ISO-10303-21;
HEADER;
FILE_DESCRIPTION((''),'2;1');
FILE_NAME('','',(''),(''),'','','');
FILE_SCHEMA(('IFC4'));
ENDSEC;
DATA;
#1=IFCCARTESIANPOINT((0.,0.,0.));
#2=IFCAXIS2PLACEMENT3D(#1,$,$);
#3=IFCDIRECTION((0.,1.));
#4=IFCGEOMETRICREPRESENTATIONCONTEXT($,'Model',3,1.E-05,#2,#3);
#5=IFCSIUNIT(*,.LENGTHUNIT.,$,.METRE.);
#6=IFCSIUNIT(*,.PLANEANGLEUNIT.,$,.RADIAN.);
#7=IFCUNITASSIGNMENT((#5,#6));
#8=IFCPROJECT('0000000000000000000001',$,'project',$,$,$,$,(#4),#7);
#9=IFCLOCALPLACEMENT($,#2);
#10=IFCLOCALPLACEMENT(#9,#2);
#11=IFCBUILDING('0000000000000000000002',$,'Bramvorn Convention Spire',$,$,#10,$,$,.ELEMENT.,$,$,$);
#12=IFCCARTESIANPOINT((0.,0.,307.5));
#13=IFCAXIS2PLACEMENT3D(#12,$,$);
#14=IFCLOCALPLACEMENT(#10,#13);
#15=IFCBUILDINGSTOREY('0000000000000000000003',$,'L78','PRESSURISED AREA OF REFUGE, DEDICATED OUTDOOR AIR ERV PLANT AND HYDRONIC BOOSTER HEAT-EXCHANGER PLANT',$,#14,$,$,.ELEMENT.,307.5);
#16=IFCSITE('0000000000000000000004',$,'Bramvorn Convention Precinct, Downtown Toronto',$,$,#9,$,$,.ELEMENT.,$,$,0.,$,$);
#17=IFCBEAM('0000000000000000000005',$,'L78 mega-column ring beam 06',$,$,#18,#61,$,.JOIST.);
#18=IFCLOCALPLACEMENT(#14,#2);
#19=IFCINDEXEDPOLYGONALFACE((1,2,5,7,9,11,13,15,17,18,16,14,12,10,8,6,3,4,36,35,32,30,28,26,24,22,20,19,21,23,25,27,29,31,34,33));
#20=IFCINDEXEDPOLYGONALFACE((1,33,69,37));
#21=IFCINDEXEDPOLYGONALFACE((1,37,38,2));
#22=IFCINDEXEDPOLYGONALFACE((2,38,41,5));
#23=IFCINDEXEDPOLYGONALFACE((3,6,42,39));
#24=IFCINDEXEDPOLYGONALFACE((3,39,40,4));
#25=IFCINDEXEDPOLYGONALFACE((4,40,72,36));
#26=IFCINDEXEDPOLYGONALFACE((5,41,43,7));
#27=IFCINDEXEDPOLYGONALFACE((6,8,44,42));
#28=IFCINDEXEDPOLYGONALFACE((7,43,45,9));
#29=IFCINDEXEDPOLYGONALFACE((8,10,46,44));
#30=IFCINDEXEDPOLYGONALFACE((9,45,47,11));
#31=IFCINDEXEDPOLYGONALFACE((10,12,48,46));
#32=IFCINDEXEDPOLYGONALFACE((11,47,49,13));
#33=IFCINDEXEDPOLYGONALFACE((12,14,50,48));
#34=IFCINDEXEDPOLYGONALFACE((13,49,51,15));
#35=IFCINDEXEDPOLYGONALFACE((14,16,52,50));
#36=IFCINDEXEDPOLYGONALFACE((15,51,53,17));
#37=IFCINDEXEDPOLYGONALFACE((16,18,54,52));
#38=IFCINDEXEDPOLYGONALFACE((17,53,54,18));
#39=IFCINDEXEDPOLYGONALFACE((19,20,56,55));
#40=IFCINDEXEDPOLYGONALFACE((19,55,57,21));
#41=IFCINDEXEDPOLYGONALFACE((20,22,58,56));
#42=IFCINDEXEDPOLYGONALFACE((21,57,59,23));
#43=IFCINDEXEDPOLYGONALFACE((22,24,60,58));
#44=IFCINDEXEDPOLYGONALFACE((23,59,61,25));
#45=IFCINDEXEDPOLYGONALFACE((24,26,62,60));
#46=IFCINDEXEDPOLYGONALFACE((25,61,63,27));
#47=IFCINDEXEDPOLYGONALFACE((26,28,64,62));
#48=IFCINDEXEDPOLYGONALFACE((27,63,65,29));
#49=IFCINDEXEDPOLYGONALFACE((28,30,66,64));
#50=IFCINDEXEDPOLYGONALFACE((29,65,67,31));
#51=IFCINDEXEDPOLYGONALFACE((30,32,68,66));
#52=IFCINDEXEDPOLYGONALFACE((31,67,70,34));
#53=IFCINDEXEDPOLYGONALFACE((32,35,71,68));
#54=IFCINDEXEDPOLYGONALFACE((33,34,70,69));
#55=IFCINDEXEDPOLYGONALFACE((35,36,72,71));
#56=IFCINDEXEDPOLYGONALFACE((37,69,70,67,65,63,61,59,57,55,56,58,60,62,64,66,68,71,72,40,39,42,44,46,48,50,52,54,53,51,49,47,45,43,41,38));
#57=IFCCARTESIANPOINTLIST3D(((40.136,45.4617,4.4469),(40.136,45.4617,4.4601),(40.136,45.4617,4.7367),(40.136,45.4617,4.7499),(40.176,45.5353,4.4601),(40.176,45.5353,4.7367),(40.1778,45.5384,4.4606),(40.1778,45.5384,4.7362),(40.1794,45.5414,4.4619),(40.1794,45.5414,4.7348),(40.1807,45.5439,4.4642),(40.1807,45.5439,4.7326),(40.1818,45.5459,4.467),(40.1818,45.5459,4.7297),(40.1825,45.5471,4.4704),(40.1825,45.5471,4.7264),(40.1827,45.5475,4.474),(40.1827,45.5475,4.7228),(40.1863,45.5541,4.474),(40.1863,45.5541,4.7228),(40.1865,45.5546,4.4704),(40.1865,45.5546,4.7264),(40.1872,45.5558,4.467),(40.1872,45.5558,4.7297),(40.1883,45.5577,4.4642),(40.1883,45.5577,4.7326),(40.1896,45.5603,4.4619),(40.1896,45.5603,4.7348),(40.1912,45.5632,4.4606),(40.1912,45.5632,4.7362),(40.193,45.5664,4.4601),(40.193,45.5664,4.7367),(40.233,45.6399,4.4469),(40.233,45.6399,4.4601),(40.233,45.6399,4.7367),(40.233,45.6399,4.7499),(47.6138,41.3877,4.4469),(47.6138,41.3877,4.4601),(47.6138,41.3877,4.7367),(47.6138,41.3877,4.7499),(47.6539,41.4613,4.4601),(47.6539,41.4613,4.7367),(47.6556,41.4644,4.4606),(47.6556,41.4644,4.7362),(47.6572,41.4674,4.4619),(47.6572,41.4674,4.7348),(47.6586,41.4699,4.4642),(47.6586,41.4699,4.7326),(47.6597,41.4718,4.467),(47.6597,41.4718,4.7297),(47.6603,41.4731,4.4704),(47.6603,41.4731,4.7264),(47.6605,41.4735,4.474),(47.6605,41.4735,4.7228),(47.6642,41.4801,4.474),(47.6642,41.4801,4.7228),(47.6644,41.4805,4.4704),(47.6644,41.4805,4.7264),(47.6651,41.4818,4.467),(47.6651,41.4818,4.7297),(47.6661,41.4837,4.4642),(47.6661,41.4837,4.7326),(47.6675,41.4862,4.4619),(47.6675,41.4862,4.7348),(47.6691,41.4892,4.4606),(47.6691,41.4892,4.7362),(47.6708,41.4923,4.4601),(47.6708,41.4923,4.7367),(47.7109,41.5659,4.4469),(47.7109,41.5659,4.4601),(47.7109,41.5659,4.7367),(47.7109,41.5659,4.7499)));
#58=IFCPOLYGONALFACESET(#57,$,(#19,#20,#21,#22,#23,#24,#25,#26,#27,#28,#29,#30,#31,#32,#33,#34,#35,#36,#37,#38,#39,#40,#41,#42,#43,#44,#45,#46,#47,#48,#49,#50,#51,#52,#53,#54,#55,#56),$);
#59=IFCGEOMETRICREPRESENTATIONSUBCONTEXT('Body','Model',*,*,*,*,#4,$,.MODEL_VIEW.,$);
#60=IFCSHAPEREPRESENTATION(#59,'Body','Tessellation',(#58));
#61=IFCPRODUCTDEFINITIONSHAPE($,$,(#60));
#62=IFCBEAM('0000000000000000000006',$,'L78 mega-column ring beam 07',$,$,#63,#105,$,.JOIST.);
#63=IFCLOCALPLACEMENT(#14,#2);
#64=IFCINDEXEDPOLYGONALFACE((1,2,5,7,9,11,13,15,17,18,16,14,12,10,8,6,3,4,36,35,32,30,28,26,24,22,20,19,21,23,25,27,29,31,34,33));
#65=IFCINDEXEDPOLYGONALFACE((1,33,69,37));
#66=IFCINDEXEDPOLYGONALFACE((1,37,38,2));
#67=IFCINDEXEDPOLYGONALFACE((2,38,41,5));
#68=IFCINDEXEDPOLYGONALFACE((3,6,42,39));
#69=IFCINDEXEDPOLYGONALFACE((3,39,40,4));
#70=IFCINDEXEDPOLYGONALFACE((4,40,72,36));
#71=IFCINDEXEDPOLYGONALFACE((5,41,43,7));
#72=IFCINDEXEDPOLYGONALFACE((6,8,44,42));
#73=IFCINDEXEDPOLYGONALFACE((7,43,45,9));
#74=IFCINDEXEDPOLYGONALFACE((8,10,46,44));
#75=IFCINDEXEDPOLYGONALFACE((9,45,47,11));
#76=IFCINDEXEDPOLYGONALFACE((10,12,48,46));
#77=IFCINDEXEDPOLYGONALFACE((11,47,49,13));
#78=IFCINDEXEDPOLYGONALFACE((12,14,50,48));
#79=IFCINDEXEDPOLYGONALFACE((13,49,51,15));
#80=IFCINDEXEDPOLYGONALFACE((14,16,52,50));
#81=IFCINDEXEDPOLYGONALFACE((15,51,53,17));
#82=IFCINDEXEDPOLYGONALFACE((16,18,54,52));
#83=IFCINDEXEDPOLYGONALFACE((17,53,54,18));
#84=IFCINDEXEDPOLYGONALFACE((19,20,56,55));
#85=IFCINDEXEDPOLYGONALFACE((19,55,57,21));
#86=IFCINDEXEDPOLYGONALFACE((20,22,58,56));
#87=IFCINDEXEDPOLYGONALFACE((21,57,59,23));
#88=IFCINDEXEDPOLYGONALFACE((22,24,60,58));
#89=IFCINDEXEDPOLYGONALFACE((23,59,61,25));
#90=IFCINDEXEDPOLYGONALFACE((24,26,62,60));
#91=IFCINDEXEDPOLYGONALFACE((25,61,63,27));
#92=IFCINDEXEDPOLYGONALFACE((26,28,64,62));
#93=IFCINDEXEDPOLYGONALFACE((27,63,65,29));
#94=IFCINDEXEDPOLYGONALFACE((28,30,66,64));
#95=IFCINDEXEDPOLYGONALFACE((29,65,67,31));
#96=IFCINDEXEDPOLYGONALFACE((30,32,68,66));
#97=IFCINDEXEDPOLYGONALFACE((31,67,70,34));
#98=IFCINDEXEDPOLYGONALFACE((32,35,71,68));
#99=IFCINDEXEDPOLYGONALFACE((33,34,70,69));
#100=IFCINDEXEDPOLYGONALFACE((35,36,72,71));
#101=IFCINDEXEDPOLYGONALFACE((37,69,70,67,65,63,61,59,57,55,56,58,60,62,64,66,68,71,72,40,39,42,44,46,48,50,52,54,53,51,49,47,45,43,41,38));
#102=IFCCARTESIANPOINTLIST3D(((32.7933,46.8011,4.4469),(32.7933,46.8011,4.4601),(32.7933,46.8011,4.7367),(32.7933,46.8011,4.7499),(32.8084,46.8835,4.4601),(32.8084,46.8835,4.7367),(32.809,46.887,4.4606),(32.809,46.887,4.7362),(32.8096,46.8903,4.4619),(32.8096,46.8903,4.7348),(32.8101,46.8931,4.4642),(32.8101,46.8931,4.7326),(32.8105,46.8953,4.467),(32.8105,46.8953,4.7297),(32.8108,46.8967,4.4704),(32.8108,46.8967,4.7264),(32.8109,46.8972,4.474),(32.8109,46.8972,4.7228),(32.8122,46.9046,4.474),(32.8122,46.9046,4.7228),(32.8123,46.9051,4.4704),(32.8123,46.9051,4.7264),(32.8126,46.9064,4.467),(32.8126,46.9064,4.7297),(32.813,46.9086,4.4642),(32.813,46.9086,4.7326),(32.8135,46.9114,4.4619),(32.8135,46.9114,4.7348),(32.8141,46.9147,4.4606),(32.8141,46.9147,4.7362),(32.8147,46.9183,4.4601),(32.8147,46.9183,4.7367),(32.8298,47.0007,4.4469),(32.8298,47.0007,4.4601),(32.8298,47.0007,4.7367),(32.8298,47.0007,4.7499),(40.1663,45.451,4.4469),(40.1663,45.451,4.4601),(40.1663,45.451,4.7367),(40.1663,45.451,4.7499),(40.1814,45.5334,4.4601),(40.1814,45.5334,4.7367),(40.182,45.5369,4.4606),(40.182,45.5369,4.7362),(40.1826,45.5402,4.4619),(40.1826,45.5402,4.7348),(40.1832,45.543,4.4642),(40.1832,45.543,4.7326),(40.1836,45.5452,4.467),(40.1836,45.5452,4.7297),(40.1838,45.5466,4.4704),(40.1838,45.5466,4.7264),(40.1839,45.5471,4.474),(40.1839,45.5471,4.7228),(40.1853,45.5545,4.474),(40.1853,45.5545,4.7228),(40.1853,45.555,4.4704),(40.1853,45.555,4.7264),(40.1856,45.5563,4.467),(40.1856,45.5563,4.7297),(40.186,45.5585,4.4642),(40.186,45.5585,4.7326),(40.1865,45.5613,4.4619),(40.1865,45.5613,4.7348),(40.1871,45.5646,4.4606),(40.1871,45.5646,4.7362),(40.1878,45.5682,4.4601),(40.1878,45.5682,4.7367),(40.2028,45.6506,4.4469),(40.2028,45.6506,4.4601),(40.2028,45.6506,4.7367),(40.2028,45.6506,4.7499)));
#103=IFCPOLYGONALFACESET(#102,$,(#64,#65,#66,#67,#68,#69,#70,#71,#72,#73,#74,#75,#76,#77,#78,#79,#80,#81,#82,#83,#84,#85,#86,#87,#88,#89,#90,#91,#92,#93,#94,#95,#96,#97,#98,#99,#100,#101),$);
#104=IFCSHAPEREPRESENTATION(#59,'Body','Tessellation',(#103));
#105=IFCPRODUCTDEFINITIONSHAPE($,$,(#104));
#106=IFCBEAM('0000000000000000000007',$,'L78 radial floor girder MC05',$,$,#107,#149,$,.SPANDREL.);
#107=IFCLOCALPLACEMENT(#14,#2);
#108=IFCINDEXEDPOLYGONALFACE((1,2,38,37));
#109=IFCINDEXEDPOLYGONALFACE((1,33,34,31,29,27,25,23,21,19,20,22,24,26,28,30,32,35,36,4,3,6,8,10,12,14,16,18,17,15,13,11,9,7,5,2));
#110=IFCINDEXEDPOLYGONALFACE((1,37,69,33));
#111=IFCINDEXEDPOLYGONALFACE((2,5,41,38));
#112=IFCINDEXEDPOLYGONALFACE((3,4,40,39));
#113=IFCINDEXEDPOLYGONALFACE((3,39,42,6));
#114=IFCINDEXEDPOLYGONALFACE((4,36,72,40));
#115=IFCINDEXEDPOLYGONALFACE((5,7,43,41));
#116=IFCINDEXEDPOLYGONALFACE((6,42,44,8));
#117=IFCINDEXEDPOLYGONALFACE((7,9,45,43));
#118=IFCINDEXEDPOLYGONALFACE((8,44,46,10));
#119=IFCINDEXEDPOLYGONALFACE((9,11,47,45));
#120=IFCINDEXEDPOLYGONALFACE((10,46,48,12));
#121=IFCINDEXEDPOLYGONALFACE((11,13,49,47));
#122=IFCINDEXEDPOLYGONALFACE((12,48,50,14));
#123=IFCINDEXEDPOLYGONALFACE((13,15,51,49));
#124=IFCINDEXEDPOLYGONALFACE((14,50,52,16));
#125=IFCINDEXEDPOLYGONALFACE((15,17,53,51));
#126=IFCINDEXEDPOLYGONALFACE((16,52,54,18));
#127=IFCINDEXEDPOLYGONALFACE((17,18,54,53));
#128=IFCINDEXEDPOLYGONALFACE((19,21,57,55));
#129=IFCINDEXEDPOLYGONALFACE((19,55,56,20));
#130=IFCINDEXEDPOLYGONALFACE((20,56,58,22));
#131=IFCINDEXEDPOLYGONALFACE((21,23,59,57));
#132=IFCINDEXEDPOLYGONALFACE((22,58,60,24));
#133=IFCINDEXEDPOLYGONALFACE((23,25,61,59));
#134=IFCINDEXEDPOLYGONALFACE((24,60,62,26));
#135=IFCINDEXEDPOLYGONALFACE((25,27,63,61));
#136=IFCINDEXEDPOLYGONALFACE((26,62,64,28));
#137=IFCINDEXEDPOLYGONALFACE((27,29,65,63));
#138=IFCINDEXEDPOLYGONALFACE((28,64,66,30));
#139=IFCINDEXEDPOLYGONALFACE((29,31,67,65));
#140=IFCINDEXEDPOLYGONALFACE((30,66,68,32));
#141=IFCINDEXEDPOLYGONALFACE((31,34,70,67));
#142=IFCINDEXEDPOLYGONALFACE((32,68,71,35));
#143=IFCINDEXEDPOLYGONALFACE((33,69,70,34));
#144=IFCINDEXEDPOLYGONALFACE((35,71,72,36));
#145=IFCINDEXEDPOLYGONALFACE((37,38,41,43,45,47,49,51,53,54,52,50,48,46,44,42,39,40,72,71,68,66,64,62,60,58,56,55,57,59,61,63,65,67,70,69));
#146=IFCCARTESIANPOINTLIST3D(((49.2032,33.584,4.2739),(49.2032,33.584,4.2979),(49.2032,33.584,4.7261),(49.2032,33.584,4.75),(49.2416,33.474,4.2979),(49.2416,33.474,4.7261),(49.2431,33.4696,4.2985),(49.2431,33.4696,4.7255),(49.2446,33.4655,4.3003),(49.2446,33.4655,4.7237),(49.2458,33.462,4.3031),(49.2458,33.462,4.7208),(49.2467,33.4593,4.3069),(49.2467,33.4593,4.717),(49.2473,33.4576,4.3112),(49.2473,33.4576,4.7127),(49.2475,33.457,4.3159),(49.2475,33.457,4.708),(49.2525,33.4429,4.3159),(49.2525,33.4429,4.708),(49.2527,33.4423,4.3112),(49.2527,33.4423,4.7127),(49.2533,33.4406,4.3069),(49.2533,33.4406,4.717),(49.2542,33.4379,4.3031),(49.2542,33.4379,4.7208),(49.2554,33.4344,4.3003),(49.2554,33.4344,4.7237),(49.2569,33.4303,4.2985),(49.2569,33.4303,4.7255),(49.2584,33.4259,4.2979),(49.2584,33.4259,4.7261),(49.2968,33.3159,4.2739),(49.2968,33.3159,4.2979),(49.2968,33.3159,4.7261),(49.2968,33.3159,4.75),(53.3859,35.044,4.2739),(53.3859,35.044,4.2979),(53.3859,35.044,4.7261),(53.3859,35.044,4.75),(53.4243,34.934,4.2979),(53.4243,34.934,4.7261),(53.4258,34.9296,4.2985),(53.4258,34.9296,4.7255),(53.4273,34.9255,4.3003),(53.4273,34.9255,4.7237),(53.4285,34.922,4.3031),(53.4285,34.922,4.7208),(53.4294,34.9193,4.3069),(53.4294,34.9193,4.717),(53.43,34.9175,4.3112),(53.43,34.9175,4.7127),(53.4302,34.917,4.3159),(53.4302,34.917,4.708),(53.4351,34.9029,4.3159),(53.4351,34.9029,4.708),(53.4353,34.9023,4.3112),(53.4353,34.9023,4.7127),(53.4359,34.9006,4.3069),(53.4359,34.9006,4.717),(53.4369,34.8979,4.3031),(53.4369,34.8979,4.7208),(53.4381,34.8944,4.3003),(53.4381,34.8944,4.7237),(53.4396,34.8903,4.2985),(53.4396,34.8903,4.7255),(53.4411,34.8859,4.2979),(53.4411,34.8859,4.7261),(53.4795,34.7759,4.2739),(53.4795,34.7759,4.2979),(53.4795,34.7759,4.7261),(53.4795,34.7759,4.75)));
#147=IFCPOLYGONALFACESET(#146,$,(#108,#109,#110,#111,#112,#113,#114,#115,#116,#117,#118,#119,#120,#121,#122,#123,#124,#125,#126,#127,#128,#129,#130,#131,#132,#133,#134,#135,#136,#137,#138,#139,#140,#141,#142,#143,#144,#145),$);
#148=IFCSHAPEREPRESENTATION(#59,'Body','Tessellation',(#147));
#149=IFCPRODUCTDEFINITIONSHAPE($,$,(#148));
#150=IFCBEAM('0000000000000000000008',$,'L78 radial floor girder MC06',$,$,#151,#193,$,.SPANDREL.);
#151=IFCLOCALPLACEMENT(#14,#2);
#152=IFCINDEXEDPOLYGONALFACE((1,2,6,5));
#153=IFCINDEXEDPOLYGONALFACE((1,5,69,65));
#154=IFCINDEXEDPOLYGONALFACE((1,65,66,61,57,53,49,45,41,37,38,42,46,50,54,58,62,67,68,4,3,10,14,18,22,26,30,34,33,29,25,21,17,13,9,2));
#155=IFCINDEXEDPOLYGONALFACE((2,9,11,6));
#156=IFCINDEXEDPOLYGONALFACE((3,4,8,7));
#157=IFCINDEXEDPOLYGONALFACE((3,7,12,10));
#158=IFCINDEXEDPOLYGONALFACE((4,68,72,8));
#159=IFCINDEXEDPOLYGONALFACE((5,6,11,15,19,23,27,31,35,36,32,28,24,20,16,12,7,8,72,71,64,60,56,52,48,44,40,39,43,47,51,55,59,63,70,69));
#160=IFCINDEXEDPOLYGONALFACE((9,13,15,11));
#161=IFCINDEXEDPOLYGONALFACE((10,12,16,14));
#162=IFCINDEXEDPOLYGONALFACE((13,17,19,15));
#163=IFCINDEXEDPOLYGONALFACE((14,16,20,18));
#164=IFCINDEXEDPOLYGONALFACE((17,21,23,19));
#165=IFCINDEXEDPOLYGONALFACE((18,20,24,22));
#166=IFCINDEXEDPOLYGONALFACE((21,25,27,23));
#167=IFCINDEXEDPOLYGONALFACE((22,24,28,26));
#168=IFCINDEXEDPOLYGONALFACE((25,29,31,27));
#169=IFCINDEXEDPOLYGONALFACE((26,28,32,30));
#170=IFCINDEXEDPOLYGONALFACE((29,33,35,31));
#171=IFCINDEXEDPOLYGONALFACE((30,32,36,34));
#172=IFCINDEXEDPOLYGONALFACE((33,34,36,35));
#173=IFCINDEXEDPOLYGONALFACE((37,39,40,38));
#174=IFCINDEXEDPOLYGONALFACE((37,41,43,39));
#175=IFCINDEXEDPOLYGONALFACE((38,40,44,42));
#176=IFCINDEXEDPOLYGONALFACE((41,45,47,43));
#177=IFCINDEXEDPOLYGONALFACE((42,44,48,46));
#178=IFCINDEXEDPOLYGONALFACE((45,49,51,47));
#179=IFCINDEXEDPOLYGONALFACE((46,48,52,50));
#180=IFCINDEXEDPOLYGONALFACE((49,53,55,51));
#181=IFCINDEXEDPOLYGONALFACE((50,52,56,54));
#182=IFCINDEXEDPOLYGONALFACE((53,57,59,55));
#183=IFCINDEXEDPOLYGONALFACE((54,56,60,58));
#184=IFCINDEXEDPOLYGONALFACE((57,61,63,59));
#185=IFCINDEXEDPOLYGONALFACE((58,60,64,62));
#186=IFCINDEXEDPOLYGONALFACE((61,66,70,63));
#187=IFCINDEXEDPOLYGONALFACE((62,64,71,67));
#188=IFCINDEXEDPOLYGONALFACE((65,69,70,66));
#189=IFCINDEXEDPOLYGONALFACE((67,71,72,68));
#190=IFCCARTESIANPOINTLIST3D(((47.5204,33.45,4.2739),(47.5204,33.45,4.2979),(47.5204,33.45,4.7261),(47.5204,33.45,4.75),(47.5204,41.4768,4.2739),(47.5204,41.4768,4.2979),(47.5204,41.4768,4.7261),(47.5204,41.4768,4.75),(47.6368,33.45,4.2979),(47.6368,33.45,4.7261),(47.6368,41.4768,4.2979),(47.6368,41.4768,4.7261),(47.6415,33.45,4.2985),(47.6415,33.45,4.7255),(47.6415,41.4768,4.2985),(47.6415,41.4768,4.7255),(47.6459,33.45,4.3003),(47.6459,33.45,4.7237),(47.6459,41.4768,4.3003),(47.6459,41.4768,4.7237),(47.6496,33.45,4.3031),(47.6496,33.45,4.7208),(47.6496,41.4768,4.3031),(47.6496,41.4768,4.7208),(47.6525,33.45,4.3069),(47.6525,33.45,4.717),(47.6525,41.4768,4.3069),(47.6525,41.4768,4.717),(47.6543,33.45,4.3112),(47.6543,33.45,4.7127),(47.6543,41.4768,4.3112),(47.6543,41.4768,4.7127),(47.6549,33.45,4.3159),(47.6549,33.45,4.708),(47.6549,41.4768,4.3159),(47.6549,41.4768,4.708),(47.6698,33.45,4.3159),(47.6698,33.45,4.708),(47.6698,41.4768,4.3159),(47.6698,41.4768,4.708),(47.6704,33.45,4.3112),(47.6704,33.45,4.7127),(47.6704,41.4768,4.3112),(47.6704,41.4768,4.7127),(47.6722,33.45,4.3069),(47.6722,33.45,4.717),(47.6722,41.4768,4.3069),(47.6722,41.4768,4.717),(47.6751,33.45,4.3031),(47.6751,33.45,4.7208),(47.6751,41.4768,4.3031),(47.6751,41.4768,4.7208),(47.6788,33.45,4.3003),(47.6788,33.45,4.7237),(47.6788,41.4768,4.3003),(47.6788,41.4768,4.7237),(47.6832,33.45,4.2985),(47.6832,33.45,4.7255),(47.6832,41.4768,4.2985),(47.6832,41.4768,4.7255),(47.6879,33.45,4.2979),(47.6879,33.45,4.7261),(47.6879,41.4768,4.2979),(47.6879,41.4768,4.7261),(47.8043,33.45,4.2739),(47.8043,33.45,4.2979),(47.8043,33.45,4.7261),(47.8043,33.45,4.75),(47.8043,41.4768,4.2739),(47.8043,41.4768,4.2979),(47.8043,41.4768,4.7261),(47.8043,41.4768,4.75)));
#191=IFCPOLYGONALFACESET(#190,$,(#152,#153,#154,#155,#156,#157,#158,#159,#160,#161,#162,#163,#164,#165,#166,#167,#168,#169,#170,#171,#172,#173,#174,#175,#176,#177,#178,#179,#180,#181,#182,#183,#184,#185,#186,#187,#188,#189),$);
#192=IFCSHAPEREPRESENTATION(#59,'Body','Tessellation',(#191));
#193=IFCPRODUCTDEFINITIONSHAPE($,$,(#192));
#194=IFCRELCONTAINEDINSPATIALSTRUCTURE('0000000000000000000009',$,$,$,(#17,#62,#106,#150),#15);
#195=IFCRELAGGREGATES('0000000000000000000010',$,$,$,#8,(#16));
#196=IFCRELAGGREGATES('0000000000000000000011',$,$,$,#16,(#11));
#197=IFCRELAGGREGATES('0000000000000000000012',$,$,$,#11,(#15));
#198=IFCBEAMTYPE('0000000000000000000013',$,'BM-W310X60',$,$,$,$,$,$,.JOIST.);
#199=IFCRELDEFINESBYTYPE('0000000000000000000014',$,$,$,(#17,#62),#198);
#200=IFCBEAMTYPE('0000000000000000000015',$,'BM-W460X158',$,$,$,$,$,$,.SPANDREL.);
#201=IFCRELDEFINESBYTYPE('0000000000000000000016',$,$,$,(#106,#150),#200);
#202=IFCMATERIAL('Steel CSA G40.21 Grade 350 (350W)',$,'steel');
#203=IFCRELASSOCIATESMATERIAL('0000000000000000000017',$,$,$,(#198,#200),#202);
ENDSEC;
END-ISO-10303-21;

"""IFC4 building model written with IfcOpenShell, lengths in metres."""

from ifc_helpers import new_model, si_unit, direction, frame, origin, origin_2d, place, context, subcontext, project, spatial, i_section, extrude, material, material_profile, profile_set, type_object, element, save


model = new_model("IFC4")

# Units and contexts
model_context = context("Model", 3, precision=1e-05, world=origin(), true_north=direction((0.0, 1.0)))
body_context = subcontext(model_context, "Body", "Model", "MODEL_VIEW")
ifc_project = project(units=[si_unit("LENGTHUNIT", "METRE"), si_unit("PLANEANGLEUNIT", "RADIAN")], contexts=[model_context])

# Site, building, storey
site_placement = place(None, origin())
site = spatial("IfcSite", under=ifc_project, at=site_placement, Name="Bramvorn Convention Precinct, Downtown Toronto", CompositionType="ELEMENT", RefElevation=0.0)
building_placement = place(site_placement, origin())
building = spatial("IfcBuilding", under=site, at=building_placement, Name="Bramvorn Convention Spire", CompositionType="ELEMENT")
storey_placement = place(building_placement, frame((0.0, 0.0, 307.5)))
storey = spatial("IfcBuildingStorey", under=building, at=storey_placement, Name="L78", Description="PRESSURISED AREA OF REFUGE, DEDICATED OUTDOOR AIR ERV PLANT AND HYDRONIC BOOSTER HEAT-EXCHANGER PLANT", CompositionType="ELEMENT", Elevation=307.5)

# Shared definitions
ifc_material_1 = material(Name="Steel CSA G40.21 Grade 350 (350W)", Category="steel")

# Beams
ifc_material_profile_1 = material_profile(ifc_material_1, i_section(OverallWidth=0.2029, OverallDepth=0.303, WebThickness=0.0076, FlangeThickness=0.0132, FilletRadius=0.0139, at=origin_2d()))
ifc_profile_set_1 = profile_set([ifc_material_profile_1], Name="Steel CSA G40.21 Grade 350 (350W) - W310X60")
beam_type_1 = type_object("IfcBeamType", Name="BM-W310X60", PredefinedType="JOIST", material=ifc_profile_set_1)
beam_1_placement = place(storey_placement, frame((47.6624, 41.4768, 4.5984), z_axis=(-0.878133, 0.478416, 0.0), x_axis=(-0.478416, -0.878133, 0.0)))
element("IfcBeam", 1, at=beam_1_placement, inside=storey, type_object=beam_type_1, Name="L78 mega-column ring beam 06", PredefinedType="JOIST", context=body_context, shape_type="SweptSolid", body=[
    extrude(i_section(OverallWidth=0.2029, OverallDepth=0.303, WebThickness=0.0076, FlangeThickness=0.0132, FilletRadius=0.0139, at=origin_2d()), origin(), (0.0, 0.0, 1.0), 8.5156),
])
beam_2_placement = place(storey_placement, frame((40.1846, 45.5508, 4.5984), z_axis=(-0.983645, 0.180118, 0.0), x_axis=(-0.180118, -0.983645, 0.0)))
element("IfcBeam", 2, at=beam_2_placement, inside=storey, type_object=beam_type_1, Name="L78 mega-column ring beam 07", PredefinedType="JOIST", context=body_context, shape_type="SweptSolid", body=[
    extrude(i_section(OverallWidth=0.2029, OverallDepth=0.303, WebThickness=0.0076, FlangeThickness=0.0132, FilletRadius=0.0139, at=origin_2d()), origin(), (0.0, 0.0, 1.0), 7.4956),
])
ifc_material_profile_2 = material_profile(ifc_material_1, i_section(OverallWidth=0.2839, OverallDepth=0.4761, WebThickness=0.0149, FlangeThickness=0.0239, FilletRadius=0.0181, at=origin_2d()))
ifc_profile_set_2 = profile_set([ifc_material_profile_2], Name="Steel CSA G40.21 Grade 350 (350W) - W460X158")
beam_type_2 = type_object("IfcBeamType", Name="BM-W460X158", PredefinedType="SPANDREL", material=ifc_profile_set_2)
beam_3_placement = place(storey_placement, frame((49.25, 33.45, 4.512), z_axis=(0.944136, 0.329555, 0.0), x_axis=(-0.329555, 0.944136, 0.0)))
element("IfcBeam", 3, at=beam_3_placement, inside=storey, type_object=beam_type_2, Name="L78 radial floor girder MC05", PredefinedType="SPANDREL", context=body_context, shape_type="SweptSolid", body=[
    extrude(i_section(OverallWidth=0.2839, OverallDepth=0.4761, WebThickness=0.0149, FlangeThickness=0.0239, FilletRadius=0.0181, at=origin_2d()), origin(), (0.0, 0.0, 1.0), 4.4302),
])
beam_4_placement = place(storey_placement, frame((47.6624, 33.45, 4.512), z_axis=(0.0, 1.0, 0.0), x_axis=(-1.0, 0.0, 0.0)))
element("IfcBeam", 4, at=beam_4_placement, inside=storey, type_object=beam_type_2, Name="L78 radial floor girder MC06", PredefinedType="SPANDREL", context=body_context, shape_type="SweptSolid", body=[
    extrude(i_section(OverallWidth=0.2839, OverallDepth=0.4761, WebThickness=0.0149, FlangeThickness=0.0239, FilletRadius=0.0181, at=origin_2d()), origin(), (0.0, 0.0, 1.0), 8.0269),
])

save(model, "model.ifc")
